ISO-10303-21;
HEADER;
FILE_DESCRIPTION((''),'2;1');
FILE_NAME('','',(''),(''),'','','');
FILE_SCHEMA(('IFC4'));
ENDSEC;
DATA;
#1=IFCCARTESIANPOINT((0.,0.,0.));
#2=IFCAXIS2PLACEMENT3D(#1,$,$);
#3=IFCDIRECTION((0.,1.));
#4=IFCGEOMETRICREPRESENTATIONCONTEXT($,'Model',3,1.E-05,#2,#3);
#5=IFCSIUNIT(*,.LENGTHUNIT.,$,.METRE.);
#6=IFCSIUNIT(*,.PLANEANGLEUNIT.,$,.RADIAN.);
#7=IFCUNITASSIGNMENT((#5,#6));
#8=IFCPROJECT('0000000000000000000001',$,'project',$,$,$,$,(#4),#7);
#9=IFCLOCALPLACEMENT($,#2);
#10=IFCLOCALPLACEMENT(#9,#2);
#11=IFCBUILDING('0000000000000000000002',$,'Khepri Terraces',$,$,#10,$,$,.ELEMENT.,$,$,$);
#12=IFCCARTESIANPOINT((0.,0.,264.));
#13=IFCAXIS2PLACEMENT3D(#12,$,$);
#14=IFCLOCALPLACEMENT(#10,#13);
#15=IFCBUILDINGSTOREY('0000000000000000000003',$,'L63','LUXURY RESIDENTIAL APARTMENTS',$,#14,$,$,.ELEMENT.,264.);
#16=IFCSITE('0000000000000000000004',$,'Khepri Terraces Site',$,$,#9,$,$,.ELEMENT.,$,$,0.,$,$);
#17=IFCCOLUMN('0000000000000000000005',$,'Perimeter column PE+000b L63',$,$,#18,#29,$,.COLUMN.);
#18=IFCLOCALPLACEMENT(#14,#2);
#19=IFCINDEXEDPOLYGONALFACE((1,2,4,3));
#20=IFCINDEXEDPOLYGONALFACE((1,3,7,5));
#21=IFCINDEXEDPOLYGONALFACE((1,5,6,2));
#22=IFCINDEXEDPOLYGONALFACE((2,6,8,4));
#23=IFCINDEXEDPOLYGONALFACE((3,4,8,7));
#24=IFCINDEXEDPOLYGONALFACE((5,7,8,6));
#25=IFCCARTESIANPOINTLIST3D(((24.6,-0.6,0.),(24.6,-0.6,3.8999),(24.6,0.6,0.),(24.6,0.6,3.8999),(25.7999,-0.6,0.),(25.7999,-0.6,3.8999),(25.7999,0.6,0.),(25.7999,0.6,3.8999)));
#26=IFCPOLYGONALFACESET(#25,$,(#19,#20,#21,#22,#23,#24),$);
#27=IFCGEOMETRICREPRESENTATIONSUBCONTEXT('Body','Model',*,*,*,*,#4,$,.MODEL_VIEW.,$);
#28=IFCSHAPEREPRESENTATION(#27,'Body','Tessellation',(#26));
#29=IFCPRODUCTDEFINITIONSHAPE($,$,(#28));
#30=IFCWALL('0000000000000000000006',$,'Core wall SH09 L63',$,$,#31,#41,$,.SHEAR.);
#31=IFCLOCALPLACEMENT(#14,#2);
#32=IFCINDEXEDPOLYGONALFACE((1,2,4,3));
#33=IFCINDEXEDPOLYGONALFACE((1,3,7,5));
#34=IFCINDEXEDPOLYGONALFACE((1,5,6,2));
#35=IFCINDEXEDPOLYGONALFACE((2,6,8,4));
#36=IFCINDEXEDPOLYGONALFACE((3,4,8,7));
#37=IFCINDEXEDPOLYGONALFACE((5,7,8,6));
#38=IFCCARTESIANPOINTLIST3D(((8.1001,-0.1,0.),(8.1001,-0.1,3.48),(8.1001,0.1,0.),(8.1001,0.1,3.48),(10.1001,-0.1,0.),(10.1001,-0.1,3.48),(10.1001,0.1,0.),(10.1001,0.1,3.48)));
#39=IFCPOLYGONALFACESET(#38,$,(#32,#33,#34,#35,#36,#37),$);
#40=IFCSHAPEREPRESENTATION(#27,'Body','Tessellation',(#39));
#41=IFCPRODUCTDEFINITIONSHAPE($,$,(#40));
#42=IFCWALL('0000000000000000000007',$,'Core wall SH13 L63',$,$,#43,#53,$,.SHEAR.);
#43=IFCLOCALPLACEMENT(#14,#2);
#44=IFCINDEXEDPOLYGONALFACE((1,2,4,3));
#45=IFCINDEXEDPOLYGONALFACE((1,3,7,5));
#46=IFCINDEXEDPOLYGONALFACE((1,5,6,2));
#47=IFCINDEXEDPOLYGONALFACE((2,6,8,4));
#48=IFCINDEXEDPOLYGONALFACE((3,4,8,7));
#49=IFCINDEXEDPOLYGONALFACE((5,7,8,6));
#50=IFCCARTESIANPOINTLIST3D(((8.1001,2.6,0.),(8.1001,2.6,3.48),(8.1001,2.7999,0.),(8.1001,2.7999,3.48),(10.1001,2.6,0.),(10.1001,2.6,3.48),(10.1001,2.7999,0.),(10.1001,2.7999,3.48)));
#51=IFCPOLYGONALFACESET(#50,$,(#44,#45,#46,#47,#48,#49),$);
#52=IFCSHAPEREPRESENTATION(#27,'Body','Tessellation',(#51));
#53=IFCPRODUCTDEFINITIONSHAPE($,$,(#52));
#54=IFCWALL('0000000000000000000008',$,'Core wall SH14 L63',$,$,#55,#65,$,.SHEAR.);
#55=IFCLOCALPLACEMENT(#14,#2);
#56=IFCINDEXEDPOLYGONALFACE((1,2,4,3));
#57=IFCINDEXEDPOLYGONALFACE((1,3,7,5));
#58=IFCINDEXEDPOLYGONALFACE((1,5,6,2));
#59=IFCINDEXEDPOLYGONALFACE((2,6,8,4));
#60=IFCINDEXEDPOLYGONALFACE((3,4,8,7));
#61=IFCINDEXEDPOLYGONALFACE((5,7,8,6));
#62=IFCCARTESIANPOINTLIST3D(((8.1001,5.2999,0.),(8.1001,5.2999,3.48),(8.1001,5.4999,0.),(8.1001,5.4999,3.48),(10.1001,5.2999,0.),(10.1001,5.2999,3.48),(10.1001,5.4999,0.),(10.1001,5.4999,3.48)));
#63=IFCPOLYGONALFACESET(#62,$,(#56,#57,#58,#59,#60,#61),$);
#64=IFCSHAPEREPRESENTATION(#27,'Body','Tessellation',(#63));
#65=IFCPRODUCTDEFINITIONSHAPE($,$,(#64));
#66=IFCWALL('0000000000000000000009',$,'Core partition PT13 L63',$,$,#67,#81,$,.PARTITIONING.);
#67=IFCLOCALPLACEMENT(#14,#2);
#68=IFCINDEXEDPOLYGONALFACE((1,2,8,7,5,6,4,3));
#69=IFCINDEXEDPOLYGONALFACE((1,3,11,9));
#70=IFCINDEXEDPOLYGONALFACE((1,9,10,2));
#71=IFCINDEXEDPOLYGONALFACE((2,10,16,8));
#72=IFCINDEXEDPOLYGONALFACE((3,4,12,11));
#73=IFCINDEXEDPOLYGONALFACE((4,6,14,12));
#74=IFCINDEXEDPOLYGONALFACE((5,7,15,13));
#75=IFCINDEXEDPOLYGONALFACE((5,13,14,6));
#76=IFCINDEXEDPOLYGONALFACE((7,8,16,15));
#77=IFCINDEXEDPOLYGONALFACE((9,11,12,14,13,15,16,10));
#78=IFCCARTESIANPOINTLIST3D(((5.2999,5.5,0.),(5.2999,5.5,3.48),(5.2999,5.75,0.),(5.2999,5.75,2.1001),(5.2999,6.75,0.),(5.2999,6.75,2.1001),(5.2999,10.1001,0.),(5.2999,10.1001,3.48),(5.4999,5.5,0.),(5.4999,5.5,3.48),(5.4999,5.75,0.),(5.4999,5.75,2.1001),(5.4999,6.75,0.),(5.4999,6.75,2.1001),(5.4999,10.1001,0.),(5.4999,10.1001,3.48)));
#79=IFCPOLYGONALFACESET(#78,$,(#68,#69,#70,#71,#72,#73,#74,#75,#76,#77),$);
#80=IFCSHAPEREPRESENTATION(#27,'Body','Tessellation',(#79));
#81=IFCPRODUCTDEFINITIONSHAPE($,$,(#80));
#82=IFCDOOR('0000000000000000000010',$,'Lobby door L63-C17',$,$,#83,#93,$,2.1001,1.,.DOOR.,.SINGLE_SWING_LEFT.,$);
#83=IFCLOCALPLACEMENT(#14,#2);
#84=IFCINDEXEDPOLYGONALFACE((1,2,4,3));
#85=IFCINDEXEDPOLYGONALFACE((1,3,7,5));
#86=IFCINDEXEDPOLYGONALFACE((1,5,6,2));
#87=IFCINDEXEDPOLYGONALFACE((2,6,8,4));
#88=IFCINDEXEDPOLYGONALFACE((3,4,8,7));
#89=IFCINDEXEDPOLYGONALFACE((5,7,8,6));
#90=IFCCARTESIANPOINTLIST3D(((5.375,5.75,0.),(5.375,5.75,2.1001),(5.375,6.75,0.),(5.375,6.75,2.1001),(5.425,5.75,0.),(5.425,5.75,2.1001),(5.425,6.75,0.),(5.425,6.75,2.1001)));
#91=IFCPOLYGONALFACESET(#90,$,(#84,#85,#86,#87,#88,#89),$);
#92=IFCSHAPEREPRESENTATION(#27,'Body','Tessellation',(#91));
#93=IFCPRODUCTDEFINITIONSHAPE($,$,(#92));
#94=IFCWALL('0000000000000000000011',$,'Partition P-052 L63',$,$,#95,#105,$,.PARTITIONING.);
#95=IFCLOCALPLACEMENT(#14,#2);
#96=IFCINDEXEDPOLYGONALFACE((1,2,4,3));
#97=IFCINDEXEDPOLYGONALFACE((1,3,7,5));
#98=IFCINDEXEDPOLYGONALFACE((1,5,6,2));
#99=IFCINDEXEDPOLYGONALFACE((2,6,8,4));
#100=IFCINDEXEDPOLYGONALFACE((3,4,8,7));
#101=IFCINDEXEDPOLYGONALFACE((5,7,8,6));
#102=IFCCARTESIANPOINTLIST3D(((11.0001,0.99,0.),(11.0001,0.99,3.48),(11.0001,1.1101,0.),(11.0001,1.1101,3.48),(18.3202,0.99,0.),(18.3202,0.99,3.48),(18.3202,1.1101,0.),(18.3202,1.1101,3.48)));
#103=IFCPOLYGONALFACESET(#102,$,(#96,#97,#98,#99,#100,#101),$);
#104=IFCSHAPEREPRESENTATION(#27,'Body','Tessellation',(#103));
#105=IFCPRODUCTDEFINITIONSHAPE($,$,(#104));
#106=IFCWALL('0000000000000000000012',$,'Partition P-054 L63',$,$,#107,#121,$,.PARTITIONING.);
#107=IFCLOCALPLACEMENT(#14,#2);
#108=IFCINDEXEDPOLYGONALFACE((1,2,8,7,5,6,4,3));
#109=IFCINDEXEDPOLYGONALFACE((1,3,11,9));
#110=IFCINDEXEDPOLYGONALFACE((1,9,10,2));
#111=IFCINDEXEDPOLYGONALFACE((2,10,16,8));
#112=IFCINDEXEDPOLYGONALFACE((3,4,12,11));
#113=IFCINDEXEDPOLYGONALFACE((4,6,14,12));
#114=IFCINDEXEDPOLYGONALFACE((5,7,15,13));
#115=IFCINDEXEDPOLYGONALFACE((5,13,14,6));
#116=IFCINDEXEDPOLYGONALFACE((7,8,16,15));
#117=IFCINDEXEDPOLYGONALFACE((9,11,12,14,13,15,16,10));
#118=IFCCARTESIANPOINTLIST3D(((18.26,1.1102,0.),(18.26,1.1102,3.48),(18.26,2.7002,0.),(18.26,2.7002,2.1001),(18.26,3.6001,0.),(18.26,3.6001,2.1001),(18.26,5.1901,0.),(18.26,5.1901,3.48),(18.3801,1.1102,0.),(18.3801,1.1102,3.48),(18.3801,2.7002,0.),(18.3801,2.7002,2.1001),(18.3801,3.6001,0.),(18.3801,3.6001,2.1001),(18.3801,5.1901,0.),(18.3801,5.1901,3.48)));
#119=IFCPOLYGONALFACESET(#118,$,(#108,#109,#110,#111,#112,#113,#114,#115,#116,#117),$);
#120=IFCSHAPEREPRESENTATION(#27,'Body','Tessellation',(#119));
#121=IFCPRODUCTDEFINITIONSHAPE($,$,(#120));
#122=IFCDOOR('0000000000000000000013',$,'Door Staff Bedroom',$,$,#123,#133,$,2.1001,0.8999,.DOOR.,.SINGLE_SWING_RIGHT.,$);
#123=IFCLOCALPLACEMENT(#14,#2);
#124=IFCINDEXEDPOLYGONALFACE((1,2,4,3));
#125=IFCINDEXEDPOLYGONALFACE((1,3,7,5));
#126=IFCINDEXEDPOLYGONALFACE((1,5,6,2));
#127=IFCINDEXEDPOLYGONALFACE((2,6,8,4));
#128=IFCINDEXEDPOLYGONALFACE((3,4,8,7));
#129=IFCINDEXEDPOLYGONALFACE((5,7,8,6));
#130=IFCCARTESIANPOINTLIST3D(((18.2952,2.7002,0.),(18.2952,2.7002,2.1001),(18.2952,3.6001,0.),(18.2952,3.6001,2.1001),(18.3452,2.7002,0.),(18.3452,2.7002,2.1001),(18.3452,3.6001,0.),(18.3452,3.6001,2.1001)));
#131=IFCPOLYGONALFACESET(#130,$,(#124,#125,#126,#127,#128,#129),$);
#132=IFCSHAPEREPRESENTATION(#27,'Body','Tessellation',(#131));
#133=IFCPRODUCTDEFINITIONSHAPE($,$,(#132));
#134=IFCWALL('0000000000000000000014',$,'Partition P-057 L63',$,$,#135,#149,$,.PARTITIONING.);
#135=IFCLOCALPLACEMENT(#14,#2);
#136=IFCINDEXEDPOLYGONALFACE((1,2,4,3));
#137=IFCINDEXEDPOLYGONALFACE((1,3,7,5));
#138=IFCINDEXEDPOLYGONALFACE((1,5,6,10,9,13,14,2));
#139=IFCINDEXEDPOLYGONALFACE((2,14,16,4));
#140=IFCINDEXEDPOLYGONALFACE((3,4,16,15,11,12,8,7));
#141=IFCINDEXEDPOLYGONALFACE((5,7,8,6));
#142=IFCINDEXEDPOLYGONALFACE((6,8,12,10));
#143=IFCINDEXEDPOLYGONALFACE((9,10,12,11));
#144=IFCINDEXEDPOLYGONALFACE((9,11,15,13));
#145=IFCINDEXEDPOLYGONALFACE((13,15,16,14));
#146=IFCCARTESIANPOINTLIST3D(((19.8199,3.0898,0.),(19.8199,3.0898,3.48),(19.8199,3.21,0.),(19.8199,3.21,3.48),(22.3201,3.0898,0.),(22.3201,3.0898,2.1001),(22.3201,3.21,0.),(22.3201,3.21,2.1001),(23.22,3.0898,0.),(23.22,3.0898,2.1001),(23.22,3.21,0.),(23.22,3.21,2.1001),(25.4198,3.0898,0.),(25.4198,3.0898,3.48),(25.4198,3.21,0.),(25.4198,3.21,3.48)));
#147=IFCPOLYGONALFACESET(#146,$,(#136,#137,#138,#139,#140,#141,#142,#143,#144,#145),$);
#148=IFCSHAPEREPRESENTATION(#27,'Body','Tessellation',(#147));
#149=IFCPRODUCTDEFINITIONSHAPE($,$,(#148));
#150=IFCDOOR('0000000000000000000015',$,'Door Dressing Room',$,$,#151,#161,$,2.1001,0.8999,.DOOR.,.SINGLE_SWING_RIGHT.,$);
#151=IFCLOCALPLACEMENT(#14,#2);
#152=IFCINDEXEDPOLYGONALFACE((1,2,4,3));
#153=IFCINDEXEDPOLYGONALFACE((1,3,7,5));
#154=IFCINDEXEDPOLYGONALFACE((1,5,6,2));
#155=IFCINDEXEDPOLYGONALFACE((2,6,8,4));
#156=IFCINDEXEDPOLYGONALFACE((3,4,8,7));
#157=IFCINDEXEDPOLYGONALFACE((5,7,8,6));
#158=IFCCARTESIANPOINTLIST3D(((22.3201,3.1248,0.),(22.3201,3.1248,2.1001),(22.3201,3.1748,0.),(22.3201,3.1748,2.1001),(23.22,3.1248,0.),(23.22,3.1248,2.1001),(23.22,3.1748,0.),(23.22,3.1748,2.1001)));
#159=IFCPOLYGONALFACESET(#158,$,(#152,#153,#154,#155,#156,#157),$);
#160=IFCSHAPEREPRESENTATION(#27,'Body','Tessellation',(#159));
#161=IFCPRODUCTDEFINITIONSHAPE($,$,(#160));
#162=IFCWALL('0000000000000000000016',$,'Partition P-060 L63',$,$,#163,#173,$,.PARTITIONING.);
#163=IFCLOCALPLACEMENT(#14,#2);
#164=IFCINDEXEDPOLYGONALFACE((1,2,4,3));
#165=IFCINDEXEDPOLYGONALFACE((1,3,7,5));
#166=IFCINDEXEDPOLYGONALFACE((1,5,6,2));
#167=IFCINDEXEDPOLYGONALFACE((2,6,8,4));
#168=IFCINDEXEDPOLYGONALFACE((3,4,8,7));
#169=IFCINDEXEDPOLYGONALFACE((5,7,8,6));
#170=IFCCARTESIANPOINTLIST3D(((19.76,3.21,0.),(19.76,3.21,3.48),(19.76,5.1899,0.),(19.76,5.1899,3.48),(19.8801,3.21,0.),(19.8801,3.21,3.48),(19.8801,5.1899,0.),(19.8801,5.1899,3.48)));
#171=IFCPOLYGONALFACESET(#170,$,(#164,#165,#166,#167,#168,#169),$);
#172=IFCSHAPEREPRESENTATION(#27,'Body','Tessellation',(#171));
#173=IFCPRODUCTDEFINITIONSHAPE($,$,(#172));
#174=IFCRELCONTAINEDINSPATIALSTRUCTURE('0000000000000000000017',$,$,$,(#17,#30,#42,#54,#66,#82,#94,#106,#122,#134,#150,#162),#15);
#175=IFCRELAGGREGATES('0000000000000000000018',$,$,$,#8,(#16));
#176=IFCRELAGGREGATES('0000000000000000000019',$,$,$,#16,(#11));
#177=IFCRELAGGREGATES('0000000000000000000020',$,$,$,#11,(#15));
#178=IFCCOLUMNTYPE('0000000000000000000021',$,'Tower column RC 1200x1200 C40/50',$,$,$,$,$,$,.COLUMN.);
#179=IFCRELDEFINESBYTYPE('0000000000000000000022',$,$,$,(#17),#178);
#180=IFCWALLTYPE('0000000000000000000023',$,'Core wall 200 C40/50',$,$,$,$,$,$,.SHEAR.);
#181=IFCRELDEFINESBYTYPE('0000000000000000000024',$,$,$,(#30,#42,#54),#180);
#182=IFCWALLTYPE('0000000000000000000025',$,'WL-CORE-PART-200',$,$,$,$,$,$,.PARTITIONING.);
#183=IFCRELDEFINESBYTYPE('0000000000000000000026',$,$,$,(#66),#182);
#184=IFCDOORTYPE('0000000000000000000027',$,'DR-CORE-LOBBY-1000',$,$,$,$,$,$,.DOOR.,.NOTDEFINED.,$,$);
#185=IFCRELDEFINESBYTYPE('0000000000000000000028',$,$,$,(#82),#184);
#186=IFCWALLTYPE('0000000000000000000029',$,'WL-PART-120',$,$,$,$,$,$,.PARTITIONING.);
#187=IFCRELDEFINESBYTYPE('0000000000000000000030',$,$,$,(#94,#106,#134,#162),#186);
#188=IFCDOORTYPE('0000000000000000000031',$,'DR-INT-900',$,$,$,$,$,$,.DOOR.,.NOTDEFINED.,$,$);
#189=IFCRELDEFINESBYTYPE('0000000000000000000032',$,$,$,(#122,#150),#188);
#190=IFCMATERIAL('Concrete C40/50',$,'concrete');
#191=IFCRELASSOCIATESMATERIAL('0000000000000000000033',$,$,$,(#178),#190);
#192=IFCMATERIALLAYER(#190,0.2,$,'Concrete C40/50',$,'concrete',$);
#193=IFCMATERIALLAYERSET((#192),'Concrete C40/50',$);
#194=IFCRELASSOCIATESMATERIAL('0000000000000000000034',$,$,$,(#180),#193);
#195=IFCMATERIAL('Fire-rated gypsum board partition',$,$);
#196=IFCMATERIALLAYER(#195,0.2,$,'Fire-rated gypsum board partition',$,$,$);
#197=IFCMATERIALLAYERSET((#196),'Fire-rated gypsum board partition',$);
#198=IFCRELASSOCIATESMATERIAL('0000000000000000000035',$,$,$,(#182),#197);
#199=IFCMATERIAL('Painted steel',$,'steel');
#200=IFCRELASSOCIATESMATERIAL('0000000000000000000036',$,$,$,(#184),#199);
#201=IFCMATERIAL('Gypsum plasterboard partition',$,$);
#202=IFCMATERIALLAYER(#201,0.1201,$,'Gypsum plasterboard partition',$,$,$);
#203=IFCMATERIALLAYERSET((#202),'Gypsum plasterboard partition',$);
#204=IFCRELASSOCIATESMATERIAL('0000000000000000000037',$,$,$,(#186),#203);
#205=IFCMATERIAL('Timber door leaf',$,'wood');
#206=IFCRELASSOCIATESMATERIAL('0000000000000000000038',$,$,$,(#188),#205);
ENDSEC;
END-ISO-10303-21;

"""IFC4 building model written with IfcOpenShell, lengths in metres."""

from ifc_helpers import new_model, si_unit, direction, frame, frame_2d, origin, origin_2d, place, context, subcontext, project, spatial, rectangle, extrude, material, layer, layer_set, material_profile, profile_set, type_object, element, fill, save


model = new_model("IFC4")

# Units and contexts
model_context = context("Model", 3, precision=1e-05, world=origin(), true_north=direction((0.0, 1.0)))
body_context = subcontext(model_context, "Body", "Model", "MODEL_VIEW")
ifc_project = project(units=[si_unit("LENGTHUNIT", "METRE"), si_unit("PLANEANGLEUNIT", "RADIAN")], contexts=[model_context])

# Site, building, storey
site_placement = place(None, origin())
site = spatial("IfcSite", under=ifc_project, at=site_placement, Name="Khepri Terraces Site", CompositionType="ELEMENT", RefElevation=0.0)
building_placement = place(site_placement, origin())
building = spatial("IfcBuilding", under=site, at=building_placement, Name="Khepri Terraces", CompositionType="ELEMENT")
storey_placement = place(building_placement, frame((0.0, 0.0, 264.0)))
storey = spatial("IfcBuildingStorey", under=building, at=storey_placement, Name="L63", Description="LUXURY RESIDENTIAL APARTMENTS", CompositionType="ELEMENT", Elevation=264.0)

# Column
ifc_material_1 = material(Name="Concrete C40/50", Category="concrete")
ifc_material_profile = material_profile(ifc_material_1, rectangle(XDim=1.2, YDim=1.2, at=origin_2d()), Name="Concrete C40/50", Category="concrete")
ifc_profile_set = profile_set([ifc_material_profile], Name="Concrete C40/50")
column_type = type_object("IfcColumnType", Name="Tower column RC 1200x1200 C40/50", PredefinedType="COLUMN", material=ifc_profile_set)
column_placement = place(storey_placement, frame((25.2, 0.0, 0.0), z_axis=(0.0, 0.0, 1.0), x_axis=(1.0, 0.0, 0.0)))
element("IfcColumn", 1, at=column_placement, inside=storey, type_object=column_type, Name="Perimeter column PE+000b L63", PredefinedType="COLUMN", context=body_context, shape_type="SweptSolid", body=[
    extrude(rectangle(XDim=1.2, YDim=1.2, at=origin_2d()), origin(), (0.0, 0.0, 1.0), 3.8999),
])

# Walls
ifc_layer_1 = layer(ifc_material_1, 0.2, Name="Concrete C40/50", Category="concrete")
ifc_layer_set_1 = layer_set([ifc_layer_1], Name="Concrete C40/50")
wall_type_1 = type_object("IfcWallType", Name="Core wall 200 C40/50", PredefinedType="SHEAR", material=ifc_layer_set_1)
for number, where, z_axis, x_axis, name in (
    (2, (8.1001, 0.0, 0.0), (0.0, 0.0, 1.0), (1.0, 0.0, 0.0), "Core wall SH09 L63"),
    (3, (8.1001, 2.7, 0.0), (0.0, 0.0, 1.0), (1.0, 0.0, 0.0), "Core wall SH13 L63"),
    (4, (8.1001, 5.3999, 0.0), (0.0, 0.0, 1.0), (1.0, 0.0, 0.0), "Core wall SH14 L63"),
):
    element("IfcWall", number, at=place(storey_placement, frame(where, z_axis=z_axis, x_axis=x_axis)), inside=storey, type_object=wall_type_1, Name=name, PredefinedType="SHEAR", context=body_context, shape_type="SweptSolid", body=[
        extrude(rectangle(XDim=2.0, YDim=0.2, at=frame_2d((1.0, 0.0))), origin(), (0.0, 0.0, 1.0), 3.48),
    ])

# Wall, opening, door
ifc_material_2 = material(Name="Fire-rated gypsum board partition")
ifc_layer_2 = layer(ifc_material_2, 0.2, Name="Fire-rated gypsum board partition")
ifc_layer_set_2 = layer_set([ifc_layer_2], Name="Fire-rated gypsum board partition")
wall_type_2 = type_object("IfcWallType", Name="WL-CORE-PART-200", PredefinedType="PARTITIONING", material=ifc_layer_set_2)
wall_1_placement = place(storey_placement, frame((5.3999, 5.5, 0.0), z_axis=(0.0, 0.0, 1.0), x_axis=(0.0, 1.0, 0.0)))
wall_1 = element("IfcWall", 5, at=wall_1_placement, inside=storey, type_object=wall_type_2, Name="Core partition PT13 L63", PredefinedType="PARTITIONING", context=body_context, shape_type="SweptSolid", body=[
    extrude(rectangle(XDim=4.6001, YDim=0.2, at=frame_2d((2.3, 0.0))), origin(), (0.0, 0.0, 1.0), 3.48),
])
opening_1_placement = place(wall_1_placement, frame((0.25, 0.0, 0.0)))
opening_1 = element("IfcOpeningElement", 6, at=opening_1_placement, cuts=wall_1, PredefinedType="OPENING", context=body_context, shape_type="SweptSolid", body=[
    extrude(rectangle(XDim=1.0, YDim=2.1001, at=frame_2d((0.5, 1.05))), frame((0.0, 0.1099, 0.0), z_axis=(0.0, -1.0, 0.0), x_axis=(1.0, 0.0, 0.0)), (0.0, 0.0, 1.0), 0.22),
])
ifc_material_3 = material(Name="Painted steel", Category="steel")
door_type_1 = type_object("IfcDoorType", Name="DR-CORE-LOBBY-1000", OperationType="NOTDEFINED", PredefinedType="DOOR", material=ifc_material_3)
door_1_placement = place(opening_1_placement, origin())
door_1 = element("IfcDoor", 7, at=door_1_placement, inside=storey, type_object=door_type_1, Name="Lobby door L63-C17", OperationType="SINGLE_SWING_LEFT", OverallHeight=2.1001, OverallWidth=1.0, PredefinedType="DOOR", context=body_context, shape_type="SweptSolid", body=[
    extrude(rectangle(XDim=1.0, YDim=2.1001, at=frame_2d((0.5, 1.05))), frame((0.0, 0.0249, 0.0), z_axis=(0.0, -1.0, 0.0), x_axis=(1.0, 0.0, 0.0)), (0.0, 0.0, 1.0), 0.05),
])
fill(opening_1, door_1)

# Wall
ifc_material_4 = material(Name="Gypsum plasterboard partition")
ifc_layer_3 = layer(ifc_material_4, 0.1201, Name="Gypsum plasterboard partition")
ifc_layer_set_3 = layer_set([ifc_layer_3], Name="Gypsum plasterboard partition")
wall_type_3 = type_object("IfcWallType", Name="WL-PART-120", PredefinedType="PARTITIONING", material=ifc_layer_set_3)
wall_2_placement = place(storey_placement, frame((11.0, 1.05, 0.0), z_axis=(0.0, 0.0, 1.0), x_axis=(1.0, 0.0, 0.0)))
element("IfcWall", 8, at=wall_2_placement, inside=storey, type_object=wall_type_3, Name="Partition P-052 L63", PredefinedType="PARTITIONING", context=body_context, shape_type="SweptSolid", body=[
    extrude(rectangle(XDim=7.3201, YDim=0.1201, at=frame_2d((3.6602, 0.0))), origin(), (0.0, 0.0, 1.0), 3.48),
])

# Walls, openings, doors
wall_3_placement = place(storey_placement, frame((18.3201, 1.1101, 0.0), z_axis=(0.0, 0.0, 1.0), x_axis=(0.0, 1.0, 0.0)))
wall_3 = element("IfcWall", 9, at=wall_3_placement, inside=storey, type_object=wall_type_3, Name="Partition P-054 L63", PredefinedType="PARTITIONING", context=body_context, shape_type="SweptSolid", body=[
    extrude(rectangle(XDim=4.0798, YDim=0.1201, at=frame_2d((2.04, 0.0))), origin(), (0.0, 0.0, 1.0), 3.48),
])
opening_2_placement = place(wall_3_placement, frame((1.5901, 0.0, 0.0)))
opening_2 = element("IfcOpeningElement", 10, at=opening_2_placement, cuts=wall_3, PredefinedType="OPENING", context=body_context, shape_type="SweptSolid", body=[
    extrude(rectangle(XDim=0.8999, YDim=2.1001, at=frame_2d((0.45, 1.05))), frame((0.0, 0.0701, 0.0), z_axis=(0.0, -1.0, 0.0), x_axis=(1.0, 0.0, 0.0)), (0.0, 0.0, 1.0), 0.1401),
])
ifc_material_5 = material(Name="Timber door leaf", Category="wood")
door_type_2 = type_object("IfcDoorType", Name="DR-INT-900", OperationType="NOTDEFINED", PredefinedType="DOOR", material=ifc_material_5)
door_2_placement = place(opening_2_placement, origin())
door_2 = element("IfcDoor", 11, at=door_2_placement, inside=storey, type_object=door_type_2, Name="Door Staff Bedroom", OperationType="SINGLE_SWING_RIGHT", OverallHeight=2.1001, OverallWidth=0.8999, PredefinedType="DOOR", context=body_context, shape_type="SweptSolid", body=[
    extrude(rectangle(XDim=0.8999, YDim=2.1001, at=frame_2d((0.45, 1.05))), frame((0.0, 0.0249, 0.0), z_axis=(0.0, -1.0, 0.0), x_axis=(1.0, 0.0, 0.0)), (0.0, 0.0, 1.0), 0.05),
])
fill(opening_2, door_2)
wall_4_placement = place(storey_placement, frame((19.8201, 3.1499, 0.0), z_axis=(0.0, 0.0, 1.0), x_axis=(1.0, 0.0, 0.0)))
wall_4 = element("IfcWall", 12, at=wall_4_placement, inside=storey, type_object=wall_type_3, Name="Partition P-057 L63", PredefinedType="PARTITIONING", context=body_context, shape_type="SweptSolid", body=[
    extrude(rectangle(XDim=5.5999, YDim=0.1201, at=frame_2d((2.7998, 0.0))), origin(), (0.0, 0.0, 1.0), 3.48),
])
opening_3_placement = place(wall_4_placement, frame((2.5, 0.0, 0.0)))
opening_3 = element("IfcOpeningElement", 13, at=opening_3_placement, cuts=wall_4, PredefinedType="OPENING", context=body_context, shape_type="SweptSolid", body=[
    extrude(rectangle(XDim=0.8999, YDim=2.1001, at=frame_2d((0.45, 1.05))), frame((0.0, 0.0701, 0.0), z_axis=(0.0, -1.0, 0.0), x_axis=(1.0, 0.0, 0.0)), (0.0, 0.0, 1.0), 0.1401),
])
door_3_placement = place(opening_3_placement, origin())
door_3 = element("IfcDoor", 14, at=door_3_placement, inside=storey, type_object=door_type_2, Name="Door Dressing Room", OperationType="SINGLE_SWING_RIGHT", OverallHeight=2.1001, OverallWidth=0.8999, PredefinedType="DOOR", context=body_context, shape_type="SweptSolid", body=[
    extrude(rectangle(XDim=0.8999, YDim=2.1001, at=frame_2d((0.45, 1.05))), frame((0.0, 0.0249, 0.0), z_axis=(0.0, -1.0, 0.0), x_axis=(1.0, 0.0, 0.0)), (0.0, 0.0, 1.0), 0.05),
])
fill(opening_3, door_3)

# Wall
wall_5_placement = place(storey_placement, frame((19.8201, 3.21, 0.0), z_axis=(0.0, 0.0, 1.0), x_axis=(0.0, 1.0, 0.0)))
element("IfcWall", 15, at=wall_5_placement, inside=storey, type_object=wall_type_3, Name="Partition P-060 L63", PredefinedType="PARTITIONING", context=body_context, shape_type="SweptSolid", body=[
    extrude(rectangle(XDim=1.98, YDim=0.1201, at=frame_2d((0.99, 0.0))), origin(), (0.0, 0.0, 1.0), 3.48),
])

save(model, "model.ifc")
